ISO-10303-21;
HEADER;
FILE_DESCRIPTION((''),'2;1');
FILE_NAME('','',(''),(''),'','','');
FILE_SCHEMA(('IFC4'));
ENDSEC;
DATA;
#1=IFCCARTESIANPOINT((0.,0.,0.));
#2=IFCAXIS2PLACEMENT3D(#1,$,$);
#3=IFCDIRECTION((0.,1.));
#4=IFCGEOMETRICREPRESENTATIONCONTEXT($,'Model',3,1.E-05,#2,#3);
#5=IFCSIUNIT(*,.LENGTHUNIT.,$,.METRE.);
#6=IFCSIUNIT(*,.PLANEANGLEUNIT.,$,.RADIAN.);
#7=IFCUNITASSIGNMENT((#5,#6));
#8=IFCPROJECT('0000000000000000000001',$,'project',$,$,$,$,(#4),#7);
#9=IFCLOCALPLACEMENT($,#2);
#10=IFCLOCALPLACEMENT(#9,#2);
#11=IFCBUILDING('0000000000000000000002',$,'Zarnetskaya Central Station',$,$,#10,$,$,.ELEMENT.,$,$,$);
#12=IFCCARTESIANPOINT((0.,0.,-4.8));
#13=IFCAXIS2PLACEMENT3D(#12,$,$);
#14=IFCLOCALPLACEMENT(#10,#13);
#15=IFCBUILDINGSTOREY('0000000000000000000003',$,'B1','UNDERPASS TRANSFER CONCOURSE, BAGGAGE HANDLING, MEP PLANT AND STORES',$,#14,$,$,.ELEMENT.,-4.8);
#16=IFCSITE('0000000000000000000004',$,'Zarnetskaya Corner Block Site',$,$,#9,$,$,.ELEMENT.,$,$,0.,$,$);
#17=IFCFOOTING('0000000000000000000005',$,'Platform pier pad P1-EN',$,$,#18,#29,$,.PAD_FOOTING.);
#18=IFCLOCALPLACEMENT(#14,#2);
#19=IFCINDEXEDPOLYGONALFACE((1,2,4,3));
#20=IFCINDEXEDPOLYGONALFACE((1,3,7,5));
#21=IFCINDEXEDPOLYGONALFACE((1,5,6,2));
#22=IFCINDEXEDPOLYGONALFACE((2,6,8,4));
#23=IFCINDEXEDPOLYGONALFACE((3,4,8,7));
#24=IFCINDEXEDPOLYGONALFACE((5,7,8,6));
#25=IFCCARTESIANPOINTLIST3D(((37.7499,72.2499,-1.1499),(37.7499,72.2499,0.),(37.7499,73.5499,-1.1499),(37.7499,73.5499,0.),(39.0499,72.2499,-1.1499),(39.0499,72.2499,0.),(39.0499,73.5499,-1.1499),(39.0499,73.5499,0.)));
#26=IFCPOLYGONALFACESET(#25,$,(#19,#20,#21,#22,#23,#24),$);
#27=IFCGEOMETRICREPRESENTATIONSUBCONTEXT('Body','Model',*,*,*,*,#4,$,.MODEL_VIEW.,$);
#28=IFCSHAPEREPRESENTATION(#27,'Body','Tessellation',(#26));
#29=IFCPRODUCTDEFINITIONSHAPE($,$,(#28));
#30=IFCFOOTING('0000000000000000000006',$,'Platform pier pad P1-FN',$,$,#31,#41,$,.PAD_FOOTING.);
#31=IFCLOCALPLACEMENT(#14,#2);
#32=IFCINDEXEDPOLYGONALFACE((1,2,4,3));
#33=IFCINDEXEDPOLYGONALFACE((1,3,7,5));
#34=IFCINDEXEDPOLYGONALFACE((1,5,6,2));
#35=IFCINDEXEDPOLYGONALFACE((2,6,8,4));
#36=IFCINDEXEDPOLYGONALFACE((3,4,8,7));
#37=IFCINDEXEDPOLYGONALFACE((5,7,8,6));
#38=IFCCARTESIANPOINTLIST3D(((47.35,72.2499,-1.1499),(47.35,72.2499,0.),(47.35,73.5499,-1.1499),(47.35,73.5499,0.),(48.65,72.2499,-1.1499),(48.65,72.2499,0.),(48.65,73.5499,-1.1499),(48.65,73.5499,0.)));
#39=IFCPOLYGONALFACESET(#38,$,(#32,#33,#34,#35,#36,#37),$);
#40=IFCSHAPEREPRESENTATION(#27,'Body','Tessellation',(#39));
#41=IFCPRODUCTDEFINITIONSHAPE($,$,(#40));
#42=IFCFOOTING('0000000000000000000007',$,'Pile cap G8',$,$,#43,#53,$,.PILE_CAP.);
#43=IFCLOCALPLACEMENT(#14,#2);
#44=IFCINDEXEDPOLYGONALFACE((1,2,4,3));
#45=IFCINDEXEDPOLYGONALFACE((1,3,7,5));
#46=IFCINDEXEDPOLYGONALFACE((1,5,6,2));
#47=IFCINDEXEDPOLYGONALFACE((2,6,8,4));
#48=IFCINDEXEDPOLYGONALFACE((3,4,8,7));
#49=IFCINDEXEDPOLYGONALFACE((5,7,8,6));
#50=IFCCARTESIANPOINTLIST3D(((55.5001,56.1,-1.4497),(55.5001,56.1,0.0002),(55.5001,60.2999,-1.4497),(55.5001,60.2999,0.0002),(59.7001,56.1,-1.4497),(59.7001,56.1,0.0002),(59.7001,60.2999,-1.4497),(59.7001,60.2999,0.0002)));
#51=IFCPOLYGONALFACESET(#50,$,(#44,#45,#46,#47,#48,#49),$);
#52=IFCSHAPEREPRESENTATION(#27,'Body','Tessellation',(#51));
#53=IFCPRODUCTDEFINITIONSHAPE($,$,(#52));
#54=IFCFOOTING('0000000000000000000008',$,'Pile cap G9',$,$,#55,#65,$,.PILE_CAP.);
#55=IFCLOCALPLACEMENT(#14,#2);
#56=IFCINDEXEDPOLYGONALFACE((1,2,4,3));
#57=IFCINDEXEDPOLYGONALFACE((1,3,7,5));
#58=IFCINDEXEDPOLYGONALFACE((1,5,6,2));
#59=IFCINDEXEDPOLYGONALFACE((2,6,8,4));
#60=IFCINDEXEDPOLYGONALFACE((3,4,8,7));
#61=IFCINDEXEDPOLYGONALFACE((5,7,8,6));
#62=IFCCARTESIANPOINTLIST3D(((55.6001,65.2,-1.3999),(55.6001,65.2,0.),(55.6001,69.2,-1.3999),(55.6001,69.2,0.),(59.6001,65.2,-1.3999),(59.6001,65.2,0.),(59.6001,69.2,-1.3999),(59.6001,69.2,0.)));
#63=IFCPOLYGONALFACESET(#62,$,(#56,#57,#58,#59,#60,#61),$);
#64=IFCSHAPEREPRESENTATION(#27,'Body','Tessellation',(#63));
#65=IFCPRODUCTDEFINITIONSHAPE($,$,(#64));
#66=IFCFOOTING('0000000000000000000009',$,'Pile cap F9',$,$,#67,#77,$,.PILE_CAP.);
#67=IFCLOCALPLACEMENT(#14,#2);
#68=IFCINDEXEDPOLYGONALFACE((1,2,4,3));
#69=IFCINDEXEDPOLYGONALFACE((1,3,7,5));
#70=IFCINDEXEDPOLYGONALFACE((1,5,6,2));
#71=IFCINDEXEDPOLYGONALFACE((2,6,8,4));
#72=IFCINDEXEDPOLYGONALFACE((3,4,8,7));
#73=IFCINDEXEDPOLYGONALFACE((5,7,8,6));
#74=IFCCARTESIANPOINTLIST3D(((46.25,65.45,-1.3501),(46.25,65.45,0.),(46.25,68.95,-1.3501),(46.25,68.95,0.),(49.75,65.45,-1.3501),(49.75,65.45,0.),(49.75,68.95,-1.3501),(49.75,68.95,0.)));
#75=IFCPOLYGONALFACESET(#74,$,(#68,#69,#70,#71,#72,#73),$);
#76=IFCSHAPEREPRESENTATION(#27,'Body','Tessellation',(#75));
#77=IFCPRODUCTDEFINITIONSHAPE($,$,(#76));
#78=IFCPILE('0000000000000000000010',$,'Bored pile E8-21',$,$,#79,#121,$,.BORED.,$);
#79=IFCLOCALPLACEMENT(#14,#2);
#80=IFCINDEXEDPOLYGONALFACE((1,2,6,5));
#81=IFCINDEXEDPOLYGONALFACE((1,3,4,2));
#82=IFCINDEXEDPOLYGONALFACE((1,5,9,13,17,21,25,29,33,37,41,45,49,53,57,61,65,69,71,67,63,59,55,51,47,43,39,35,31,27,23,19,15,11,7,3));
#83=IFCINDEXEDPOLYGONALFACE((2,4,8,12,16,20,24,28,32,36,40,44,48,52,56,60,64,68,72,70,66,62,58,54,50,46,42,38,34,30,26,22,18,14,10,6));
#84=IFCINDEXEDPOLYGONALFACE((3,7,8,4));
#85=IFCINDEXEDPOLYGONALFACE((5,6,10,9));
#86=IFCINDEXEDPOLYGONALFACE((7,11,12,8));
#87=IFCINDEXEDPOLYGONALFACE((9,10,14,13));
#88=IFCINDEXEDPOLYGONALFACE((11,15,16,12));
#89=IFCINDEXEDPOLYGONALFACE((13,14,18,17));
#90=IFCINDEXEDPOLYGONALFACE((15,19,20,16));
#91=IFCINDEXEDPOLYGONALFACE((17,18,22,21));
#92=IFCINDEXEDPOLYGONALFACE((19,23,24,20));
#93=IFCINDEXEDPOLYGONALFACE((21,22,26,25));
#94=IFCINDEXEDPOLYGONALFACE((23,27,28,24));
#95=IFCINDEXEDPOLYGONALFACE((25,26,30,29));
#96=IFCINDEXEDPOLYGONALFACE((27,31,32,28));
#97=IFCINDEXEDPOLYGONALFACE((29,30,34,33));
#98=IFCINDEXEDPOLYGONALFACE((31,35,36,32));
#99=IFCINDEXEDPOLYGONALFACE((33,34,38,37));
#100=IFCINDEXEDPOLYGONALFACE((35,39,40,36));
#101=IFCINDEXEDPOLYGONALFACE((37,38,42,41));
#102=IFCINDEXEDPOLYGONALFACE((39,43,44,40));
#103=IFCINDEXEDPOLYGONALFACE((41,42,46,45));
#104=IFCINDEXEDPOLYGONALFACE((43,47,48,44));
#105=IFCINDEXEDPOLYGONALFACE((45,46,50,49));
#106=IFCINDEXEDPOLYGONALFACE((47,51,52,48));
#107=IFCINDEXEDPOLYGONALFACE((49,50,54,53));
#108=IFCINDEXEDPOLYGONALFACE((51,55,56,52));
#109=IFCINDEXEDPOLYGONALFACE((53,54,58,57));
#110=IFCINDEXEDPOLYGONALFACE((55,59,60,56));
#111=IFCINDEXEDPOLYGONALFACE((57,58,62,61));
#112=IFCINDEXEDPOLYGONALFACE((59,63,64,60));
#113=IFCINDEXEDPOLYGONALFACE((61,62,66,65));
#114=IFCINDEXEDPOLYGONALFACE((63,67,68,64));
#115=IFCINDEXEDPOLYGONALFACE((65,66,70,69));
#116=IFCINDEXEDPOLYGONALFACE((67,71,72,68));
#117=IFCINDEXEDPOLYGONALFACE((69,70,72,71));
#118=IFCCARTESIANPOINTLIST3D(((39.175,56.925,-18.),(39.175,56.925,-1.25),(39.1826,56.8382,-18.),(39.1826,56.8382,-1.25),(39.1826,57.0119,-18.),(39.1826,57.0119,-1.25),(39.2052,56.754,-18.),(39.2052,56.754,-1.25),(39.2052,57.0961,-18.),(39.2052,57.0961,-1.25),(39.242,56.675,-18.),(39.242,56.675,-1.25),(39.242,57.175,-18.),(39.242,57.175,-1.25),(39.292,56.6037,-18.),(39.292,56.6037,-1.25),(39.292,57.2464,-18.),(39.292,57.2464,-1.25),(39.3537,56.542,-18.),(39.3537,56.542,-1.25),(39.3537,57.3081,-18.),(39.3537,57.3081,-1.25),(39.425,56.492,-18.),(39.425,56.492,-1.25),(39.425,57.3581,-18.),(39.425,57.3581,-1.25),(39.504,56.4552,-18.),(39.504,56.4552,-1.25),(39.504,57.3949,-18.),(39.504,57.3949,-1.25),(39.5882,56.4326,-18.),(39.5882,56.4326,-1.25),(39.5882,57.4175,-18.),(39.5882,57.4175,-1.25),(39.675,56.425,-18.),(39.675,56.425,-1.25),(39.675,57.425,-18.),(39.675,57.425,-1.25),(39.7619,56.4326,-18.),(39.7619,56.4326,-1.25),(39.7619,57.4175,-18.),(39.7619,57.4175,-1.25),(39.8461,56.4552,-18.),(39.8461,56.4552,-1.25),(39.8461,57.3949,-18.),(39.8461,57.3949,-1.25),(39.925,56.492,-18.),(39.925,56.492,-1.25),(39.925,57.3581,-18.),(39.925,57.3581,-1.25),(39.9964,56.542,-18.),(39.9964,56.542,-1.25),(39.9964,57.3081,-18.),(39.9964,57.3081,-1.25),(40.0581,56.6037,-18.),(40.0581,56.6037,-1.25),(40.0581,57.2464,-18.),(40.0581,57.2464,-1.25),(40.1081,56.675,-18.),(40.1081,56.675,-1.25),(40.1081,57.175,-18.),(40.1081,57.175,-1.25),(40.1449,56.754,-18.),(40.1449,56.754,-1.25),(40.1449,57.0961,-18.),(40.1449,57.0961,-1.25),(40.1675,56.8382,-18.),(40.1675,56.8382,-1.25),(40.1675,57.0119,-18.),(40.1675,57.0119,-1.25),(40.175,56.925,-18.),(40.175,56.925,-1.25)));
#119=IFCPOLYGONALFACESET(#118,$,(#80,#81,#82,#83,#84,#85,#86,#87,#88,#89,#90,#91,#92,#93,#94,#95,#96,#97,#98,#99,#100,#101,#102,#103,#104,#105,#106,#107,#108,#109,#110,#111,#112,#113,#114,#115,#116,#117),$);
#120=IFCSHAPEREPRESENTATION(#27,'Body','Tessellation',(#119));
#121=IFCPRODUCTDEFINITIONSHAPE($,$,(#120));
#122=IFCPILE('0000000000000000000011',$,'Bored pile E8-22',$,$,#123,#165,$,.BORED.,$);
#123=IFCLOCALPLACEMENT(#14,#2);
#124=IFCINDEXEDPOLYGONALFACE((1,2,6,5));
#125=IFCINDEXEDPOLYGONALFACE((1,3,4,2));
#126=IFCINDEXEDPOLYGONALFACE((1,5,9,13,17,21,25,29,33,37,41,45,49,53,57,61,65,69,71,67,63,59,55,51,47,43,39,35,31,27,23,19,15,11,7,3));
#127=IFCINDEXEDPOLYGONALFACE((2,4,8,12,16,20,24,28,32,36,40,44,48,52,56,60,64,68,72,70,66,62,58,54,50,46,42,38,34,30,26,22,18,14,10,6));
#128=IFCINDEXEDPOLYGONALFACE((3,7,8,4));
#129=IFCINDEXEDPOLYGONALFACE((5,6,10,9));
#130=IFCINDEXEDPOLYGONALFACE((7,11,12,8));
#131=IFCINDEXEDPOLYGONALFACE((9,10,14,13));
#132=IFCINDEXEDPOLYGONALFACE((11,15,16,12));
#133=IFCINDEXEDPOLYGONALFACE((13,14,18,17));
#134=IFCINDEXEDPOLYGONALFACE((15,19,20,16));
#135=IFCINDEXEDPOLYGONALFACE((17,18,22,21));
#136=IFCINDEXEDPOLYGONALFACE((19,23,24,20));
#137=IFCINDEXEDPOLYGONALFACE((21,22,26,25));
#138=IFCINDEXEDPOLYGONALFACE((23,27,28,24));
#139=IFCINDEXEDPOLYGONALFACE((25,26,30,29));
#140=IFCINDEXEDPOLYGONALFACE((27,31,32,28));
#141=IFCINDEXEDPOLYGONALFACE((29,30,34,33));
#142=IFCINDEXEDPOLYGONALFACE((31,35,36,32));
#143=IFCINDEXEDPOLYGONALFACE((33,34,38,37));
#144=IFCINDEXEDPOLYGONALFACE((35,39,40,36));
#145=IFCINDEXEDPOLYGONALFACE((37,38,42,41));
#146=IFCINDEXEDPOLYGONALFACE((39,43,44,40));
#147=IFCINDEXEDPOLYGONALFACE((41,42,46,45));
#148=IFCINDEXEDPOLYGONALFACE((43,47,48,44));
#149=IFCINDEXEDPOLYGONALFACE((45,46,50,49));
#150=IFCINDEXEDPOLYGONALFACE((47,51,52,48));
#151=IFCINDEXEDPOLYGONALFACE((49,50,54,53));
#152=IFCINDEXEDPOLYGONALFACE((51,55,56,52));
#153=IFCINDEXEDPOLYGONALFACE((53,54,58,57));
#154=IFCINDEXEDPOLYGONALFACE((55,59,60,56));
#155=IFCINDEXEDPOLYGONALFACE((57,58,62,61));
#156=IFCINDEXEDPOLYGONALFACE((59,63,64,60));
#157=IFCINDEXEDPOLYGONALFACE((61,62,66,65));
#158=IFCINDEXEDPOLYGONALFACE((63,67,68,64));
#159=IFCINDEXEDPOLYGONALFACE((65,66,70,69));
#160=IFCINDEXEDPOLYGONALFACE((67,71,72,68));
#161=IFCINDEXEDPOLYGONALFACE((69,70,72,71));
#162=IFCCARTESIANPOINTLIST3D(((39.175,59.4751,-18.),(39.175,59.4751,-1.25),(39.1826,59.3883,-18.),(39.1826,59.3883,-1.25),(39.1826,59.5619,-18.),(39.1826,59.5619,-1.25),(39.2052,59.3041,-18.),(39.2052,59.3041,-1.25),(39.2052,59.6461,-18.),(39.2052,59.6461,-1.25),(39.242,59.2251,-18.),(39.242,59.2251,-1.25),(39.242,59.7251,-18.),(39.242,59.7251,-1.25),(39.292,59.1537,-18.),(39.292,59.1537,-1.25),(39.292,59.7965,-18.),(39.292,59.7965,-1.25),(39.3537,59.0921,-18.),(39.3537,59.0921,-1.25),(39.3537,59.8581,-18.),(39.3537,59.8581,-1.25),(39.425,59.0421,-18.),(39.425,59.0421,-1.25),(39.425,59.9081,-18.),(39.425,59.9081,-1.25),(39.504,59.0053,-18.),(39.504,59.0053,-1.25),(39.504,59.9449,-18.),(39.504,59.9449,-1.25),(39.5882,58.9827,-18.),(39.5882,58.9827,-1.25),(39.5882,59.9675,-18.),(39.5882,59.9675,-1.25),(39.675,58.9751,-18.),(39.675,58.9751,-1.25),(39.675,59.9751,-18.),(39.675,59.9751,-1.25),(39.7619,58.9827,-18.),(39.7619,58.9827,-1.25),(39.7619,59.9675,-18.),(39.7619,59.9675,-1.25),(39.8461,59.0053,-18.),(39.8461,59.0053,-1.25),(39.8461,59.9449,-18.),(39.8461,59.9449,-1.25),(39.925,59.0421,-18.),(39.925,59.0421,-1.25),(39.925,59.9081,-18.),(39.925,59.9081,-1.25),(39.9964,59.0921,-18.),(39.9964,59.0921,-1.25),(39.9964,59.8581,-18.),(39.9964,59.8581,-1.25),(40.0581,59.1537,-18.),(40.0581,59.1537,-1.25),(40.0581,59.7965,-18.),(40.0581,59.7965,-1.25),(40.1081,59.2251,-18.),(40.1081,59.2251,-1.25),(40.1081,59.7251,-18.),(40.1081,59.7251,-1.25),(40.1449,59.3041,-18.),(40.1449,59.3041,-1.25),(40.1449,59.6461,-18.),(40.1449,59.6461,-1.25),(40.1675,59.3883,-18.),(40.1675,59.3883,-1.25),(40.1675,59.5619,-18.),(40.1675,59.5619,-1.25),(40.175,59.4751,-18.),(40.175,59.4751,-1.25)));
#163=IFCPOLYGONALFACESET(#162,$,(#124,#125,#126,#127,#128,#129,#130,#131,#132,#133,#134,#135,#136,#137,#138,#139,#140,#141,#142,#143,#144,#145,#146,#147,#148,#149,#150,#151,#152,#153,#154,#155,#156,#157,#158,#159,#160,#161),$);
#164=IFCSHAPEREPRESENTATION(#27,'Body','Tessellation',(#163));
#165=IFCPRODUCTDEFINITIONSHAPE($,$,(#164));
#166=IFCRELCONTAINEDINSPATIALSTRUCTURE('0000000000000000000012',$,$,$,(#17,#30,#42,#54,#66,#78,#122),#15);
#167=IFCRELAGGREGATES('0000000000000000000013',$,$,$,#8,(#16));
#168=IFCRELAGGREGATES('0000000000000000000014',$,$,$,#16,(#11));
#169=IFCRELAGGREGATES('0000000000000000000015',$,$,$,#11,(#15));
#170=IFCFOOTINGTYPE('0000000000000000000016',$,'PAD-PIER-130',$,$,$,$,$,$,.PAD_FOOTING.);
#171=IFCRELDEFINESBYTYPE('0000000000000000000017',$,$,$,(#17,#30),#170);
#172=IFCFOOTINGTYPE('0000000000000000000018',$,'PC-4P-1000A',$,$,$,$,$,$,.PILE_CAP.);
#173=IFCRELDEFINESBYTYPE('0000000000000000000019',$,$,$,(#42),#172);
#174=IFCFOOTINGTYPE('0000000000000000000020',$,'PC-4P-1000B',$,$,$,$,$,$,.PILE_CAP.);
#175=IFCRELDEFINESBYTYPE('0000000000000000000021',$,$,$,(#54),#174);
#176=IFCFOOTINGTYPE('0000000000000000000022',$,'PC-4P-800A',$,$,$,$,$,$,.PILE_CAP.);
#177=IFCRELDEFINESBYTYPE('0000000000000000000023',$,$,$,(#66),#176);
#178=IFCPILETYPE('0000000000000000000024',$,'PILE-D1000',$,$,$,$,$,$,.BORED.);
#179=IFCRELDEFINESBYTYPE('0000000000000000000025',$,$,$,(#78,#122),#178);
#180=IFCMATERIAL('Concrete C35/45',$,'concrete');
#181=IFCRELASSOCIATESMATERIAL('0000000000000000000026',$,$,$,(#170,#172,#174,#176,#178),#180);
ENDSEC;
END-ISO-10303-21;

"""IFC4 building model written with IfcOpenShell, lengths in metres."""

from ifc_helpers import new_model, si_unit, direction, frame, origin, origin_2d, place, context, subcontext, project, spatial, rectangle, circle, extrude, material, material_profile, profile_set, type_object, element, save


model = new_model("IFC4")

# Units and contexts
model_context = context("Model", 3, precision=1e-05, world=origin(), true_north=direction((0.0, 1.0)))
body_context = subcontext(model_context, "Body", "Model", "MODEL_VIEW")
ifc_project = project(units=[si_unit("LENGTHUNIT", "METRE"), si_unit("PLANEANGLEUNIT", "RADIAN")], contexts=[model_context])

# Site, building, storey
site_placement = place(None, origin())
site = spatial("IfcSite", under=ifc_project, at=site_placement, Name="Zarnetskaya Corner Block Site", CompositionType="ELEMENT", RefElevation=0.0)
building_placement = place(site_placement, origin())
building = spatial("IfcBuilding", under=site, at=building_placement, Name="Zarnetskaya Central Station", CompositionType="ELEMENT")
storey_placement = place(building_placement, frame((0.0, 0.0, -4.8)))
storey = spatial("IfcBuildingStorey", under=building, at=storey_placement, Name="B1", Description="UNDERPASS TRANSFER CONCOURSE, BAGGAGE HANDLING, MEP PLANT AND STORES", CompositionType="ELEMENT", Elevation=-4.8)

# Footings
ifc_material = material(Name="Concrete C35/45", Category="concrete")
footing_type_1 = type_object("IfcFootingType", Name="PAD-PIER-130", PredefinedType="PAD_FOOTING", material=ifc_material)
for number, where, z_axis, x_axis, name in (
    (1, (38.3999, 72.8999, -1.1499), (0.0, 0.0, 1.0), (1.0, 0.0, 0.0), "Platform pier pad P1-EN"),
    (2, (48.0, 72.8999, -1.1499), (0.0, 0.0, 1.0), (1.0, 0.0, 0.0), "Platform pier pad P1-FN"),
):
    element("IfcFooting", number, at=place(storey_placement, frame(where, z_axis=z_axis, x_axis=x_axis)), inside=storey, type_object=footing_type_1, Name=name, PredefinedType="PAD_FOOTING", context=body_context, shape_type="SweptSolid", body=[
        extrude(rectangle(XDim=1.3, YDim=1.3, at=origin_2d()), origin(), (0.0, 0.0, 1.0), 1.1499),
    ])
footing_type_2 = type_object("IfcFootingType", Name="PC-4P-1000A", PredefinedType="PILE_CAP", material=ifc_material)
footing_1_placement = place(storey_placement, frame((57.6001, 58.2, -1.4497), z_axis=(0.0, 0.0, 1.0), x_axis=(1.0, 0.0, 0.0)))
element("IfcFooting", 3, at=footing_1_placement, inside=storey, type_object=footing_type_2, Name="Pile cap G8", PredefinedType="PILE_CAP", context=body_context, shape_type="SweptSolid", body=[
    extrude(rectangle(XDim=4.2, YDim=4.2, at=origin_2d()), origin(), (0.0, 0.0, 1.0), 1.45),
])
footing_type_3 = type_object("IfcFootingType", Name="PC-4P-1000B", PredefinedType="PILE_CAP", material=ifc_material)
footing_2_placement = place(storey_placement, frame((57.6001, 67.2, -1.3999), z_axis=(0.0, 0.0, 1.0), x_axis=(1.0, 0.0, 0.0)))
element("IfcFooting", 4, at=footing_2_placement, inside=storey, type_object=footing_type_3, Name="Pile cap G9", PredefinedType="PILE_CAP", context=body_context, shape_type="SweptSolid", body=[
    extrude(rectangle(XDim=4.0, YDim=4.0, at=origin_2d()), origin(), (0.0, 0.0, 1.0), 1.3999),
])
footing_type_4 = type_object("IfcFootingType", Name="PC-4P-800A", PredefinedType="PILE_CAP", material=ifc_material)
footing_3_placement = place(storey_placement, frame((48.0, 67.2, -1.3501), z_axis=(0.0, 0.0, 1.0), x_axis=(1.0, 0.0, 0.0)))
element("IfcFooting", 5, at=footing_3_placement, inside=storey, type_object=footing_type_4, Name="Pile cap F9", PredefinedType="PILE_CAP", context=body_context, shape_type="SweptSolid", body=[
    extrude(rectangle(XDim=3.5, YDim=3.5, at=origin_2d()), origin(), (0.0, 0.0, 1.0), 1.3501),
])

# Piles
ifc_material_profile_1 = material_profile(ifc_material, circle(Radius=0.5, at=origin_2d()), Name="BORED PILE D1000")
ifc_profile_set_1 = profile_set([ifc_material_profile_1], Name="Concrete C35/45")
pile_type_1 = type_object("IfcPileType", Name="PILE-D1000", PredefinedType="BORED", material=ifc_profile_set_1)
for number, where, z_axis, x_axis, name in (
    (6, (39.675, 56.925, -1.25), (0.0, 0.0, -1.0), (1.0, 0.0, 0.0), "Bored pile E8-21"),
    (7, (39.675, 59.4751, -1.25), (0.0, 0.0, -1.0), (1.0, 0.0, 0.0), "Bored pile E8-22"),
):
    element("IfcPile", number, at=place(storey_placement, frame(where, z_axis=z_axis, x_axis=x_axis)), inside=storey, type_object=pile_type_1, Name=name, PredefinedType="BORED", context=body_context, shape_type="SweptSolid", body=[
        extrude(circle(Radius=0.5, at=origin_2d()), origin(), (0.0, 0.0, 1.0), 16.75),
    ])

save(model, "model.ifc")
